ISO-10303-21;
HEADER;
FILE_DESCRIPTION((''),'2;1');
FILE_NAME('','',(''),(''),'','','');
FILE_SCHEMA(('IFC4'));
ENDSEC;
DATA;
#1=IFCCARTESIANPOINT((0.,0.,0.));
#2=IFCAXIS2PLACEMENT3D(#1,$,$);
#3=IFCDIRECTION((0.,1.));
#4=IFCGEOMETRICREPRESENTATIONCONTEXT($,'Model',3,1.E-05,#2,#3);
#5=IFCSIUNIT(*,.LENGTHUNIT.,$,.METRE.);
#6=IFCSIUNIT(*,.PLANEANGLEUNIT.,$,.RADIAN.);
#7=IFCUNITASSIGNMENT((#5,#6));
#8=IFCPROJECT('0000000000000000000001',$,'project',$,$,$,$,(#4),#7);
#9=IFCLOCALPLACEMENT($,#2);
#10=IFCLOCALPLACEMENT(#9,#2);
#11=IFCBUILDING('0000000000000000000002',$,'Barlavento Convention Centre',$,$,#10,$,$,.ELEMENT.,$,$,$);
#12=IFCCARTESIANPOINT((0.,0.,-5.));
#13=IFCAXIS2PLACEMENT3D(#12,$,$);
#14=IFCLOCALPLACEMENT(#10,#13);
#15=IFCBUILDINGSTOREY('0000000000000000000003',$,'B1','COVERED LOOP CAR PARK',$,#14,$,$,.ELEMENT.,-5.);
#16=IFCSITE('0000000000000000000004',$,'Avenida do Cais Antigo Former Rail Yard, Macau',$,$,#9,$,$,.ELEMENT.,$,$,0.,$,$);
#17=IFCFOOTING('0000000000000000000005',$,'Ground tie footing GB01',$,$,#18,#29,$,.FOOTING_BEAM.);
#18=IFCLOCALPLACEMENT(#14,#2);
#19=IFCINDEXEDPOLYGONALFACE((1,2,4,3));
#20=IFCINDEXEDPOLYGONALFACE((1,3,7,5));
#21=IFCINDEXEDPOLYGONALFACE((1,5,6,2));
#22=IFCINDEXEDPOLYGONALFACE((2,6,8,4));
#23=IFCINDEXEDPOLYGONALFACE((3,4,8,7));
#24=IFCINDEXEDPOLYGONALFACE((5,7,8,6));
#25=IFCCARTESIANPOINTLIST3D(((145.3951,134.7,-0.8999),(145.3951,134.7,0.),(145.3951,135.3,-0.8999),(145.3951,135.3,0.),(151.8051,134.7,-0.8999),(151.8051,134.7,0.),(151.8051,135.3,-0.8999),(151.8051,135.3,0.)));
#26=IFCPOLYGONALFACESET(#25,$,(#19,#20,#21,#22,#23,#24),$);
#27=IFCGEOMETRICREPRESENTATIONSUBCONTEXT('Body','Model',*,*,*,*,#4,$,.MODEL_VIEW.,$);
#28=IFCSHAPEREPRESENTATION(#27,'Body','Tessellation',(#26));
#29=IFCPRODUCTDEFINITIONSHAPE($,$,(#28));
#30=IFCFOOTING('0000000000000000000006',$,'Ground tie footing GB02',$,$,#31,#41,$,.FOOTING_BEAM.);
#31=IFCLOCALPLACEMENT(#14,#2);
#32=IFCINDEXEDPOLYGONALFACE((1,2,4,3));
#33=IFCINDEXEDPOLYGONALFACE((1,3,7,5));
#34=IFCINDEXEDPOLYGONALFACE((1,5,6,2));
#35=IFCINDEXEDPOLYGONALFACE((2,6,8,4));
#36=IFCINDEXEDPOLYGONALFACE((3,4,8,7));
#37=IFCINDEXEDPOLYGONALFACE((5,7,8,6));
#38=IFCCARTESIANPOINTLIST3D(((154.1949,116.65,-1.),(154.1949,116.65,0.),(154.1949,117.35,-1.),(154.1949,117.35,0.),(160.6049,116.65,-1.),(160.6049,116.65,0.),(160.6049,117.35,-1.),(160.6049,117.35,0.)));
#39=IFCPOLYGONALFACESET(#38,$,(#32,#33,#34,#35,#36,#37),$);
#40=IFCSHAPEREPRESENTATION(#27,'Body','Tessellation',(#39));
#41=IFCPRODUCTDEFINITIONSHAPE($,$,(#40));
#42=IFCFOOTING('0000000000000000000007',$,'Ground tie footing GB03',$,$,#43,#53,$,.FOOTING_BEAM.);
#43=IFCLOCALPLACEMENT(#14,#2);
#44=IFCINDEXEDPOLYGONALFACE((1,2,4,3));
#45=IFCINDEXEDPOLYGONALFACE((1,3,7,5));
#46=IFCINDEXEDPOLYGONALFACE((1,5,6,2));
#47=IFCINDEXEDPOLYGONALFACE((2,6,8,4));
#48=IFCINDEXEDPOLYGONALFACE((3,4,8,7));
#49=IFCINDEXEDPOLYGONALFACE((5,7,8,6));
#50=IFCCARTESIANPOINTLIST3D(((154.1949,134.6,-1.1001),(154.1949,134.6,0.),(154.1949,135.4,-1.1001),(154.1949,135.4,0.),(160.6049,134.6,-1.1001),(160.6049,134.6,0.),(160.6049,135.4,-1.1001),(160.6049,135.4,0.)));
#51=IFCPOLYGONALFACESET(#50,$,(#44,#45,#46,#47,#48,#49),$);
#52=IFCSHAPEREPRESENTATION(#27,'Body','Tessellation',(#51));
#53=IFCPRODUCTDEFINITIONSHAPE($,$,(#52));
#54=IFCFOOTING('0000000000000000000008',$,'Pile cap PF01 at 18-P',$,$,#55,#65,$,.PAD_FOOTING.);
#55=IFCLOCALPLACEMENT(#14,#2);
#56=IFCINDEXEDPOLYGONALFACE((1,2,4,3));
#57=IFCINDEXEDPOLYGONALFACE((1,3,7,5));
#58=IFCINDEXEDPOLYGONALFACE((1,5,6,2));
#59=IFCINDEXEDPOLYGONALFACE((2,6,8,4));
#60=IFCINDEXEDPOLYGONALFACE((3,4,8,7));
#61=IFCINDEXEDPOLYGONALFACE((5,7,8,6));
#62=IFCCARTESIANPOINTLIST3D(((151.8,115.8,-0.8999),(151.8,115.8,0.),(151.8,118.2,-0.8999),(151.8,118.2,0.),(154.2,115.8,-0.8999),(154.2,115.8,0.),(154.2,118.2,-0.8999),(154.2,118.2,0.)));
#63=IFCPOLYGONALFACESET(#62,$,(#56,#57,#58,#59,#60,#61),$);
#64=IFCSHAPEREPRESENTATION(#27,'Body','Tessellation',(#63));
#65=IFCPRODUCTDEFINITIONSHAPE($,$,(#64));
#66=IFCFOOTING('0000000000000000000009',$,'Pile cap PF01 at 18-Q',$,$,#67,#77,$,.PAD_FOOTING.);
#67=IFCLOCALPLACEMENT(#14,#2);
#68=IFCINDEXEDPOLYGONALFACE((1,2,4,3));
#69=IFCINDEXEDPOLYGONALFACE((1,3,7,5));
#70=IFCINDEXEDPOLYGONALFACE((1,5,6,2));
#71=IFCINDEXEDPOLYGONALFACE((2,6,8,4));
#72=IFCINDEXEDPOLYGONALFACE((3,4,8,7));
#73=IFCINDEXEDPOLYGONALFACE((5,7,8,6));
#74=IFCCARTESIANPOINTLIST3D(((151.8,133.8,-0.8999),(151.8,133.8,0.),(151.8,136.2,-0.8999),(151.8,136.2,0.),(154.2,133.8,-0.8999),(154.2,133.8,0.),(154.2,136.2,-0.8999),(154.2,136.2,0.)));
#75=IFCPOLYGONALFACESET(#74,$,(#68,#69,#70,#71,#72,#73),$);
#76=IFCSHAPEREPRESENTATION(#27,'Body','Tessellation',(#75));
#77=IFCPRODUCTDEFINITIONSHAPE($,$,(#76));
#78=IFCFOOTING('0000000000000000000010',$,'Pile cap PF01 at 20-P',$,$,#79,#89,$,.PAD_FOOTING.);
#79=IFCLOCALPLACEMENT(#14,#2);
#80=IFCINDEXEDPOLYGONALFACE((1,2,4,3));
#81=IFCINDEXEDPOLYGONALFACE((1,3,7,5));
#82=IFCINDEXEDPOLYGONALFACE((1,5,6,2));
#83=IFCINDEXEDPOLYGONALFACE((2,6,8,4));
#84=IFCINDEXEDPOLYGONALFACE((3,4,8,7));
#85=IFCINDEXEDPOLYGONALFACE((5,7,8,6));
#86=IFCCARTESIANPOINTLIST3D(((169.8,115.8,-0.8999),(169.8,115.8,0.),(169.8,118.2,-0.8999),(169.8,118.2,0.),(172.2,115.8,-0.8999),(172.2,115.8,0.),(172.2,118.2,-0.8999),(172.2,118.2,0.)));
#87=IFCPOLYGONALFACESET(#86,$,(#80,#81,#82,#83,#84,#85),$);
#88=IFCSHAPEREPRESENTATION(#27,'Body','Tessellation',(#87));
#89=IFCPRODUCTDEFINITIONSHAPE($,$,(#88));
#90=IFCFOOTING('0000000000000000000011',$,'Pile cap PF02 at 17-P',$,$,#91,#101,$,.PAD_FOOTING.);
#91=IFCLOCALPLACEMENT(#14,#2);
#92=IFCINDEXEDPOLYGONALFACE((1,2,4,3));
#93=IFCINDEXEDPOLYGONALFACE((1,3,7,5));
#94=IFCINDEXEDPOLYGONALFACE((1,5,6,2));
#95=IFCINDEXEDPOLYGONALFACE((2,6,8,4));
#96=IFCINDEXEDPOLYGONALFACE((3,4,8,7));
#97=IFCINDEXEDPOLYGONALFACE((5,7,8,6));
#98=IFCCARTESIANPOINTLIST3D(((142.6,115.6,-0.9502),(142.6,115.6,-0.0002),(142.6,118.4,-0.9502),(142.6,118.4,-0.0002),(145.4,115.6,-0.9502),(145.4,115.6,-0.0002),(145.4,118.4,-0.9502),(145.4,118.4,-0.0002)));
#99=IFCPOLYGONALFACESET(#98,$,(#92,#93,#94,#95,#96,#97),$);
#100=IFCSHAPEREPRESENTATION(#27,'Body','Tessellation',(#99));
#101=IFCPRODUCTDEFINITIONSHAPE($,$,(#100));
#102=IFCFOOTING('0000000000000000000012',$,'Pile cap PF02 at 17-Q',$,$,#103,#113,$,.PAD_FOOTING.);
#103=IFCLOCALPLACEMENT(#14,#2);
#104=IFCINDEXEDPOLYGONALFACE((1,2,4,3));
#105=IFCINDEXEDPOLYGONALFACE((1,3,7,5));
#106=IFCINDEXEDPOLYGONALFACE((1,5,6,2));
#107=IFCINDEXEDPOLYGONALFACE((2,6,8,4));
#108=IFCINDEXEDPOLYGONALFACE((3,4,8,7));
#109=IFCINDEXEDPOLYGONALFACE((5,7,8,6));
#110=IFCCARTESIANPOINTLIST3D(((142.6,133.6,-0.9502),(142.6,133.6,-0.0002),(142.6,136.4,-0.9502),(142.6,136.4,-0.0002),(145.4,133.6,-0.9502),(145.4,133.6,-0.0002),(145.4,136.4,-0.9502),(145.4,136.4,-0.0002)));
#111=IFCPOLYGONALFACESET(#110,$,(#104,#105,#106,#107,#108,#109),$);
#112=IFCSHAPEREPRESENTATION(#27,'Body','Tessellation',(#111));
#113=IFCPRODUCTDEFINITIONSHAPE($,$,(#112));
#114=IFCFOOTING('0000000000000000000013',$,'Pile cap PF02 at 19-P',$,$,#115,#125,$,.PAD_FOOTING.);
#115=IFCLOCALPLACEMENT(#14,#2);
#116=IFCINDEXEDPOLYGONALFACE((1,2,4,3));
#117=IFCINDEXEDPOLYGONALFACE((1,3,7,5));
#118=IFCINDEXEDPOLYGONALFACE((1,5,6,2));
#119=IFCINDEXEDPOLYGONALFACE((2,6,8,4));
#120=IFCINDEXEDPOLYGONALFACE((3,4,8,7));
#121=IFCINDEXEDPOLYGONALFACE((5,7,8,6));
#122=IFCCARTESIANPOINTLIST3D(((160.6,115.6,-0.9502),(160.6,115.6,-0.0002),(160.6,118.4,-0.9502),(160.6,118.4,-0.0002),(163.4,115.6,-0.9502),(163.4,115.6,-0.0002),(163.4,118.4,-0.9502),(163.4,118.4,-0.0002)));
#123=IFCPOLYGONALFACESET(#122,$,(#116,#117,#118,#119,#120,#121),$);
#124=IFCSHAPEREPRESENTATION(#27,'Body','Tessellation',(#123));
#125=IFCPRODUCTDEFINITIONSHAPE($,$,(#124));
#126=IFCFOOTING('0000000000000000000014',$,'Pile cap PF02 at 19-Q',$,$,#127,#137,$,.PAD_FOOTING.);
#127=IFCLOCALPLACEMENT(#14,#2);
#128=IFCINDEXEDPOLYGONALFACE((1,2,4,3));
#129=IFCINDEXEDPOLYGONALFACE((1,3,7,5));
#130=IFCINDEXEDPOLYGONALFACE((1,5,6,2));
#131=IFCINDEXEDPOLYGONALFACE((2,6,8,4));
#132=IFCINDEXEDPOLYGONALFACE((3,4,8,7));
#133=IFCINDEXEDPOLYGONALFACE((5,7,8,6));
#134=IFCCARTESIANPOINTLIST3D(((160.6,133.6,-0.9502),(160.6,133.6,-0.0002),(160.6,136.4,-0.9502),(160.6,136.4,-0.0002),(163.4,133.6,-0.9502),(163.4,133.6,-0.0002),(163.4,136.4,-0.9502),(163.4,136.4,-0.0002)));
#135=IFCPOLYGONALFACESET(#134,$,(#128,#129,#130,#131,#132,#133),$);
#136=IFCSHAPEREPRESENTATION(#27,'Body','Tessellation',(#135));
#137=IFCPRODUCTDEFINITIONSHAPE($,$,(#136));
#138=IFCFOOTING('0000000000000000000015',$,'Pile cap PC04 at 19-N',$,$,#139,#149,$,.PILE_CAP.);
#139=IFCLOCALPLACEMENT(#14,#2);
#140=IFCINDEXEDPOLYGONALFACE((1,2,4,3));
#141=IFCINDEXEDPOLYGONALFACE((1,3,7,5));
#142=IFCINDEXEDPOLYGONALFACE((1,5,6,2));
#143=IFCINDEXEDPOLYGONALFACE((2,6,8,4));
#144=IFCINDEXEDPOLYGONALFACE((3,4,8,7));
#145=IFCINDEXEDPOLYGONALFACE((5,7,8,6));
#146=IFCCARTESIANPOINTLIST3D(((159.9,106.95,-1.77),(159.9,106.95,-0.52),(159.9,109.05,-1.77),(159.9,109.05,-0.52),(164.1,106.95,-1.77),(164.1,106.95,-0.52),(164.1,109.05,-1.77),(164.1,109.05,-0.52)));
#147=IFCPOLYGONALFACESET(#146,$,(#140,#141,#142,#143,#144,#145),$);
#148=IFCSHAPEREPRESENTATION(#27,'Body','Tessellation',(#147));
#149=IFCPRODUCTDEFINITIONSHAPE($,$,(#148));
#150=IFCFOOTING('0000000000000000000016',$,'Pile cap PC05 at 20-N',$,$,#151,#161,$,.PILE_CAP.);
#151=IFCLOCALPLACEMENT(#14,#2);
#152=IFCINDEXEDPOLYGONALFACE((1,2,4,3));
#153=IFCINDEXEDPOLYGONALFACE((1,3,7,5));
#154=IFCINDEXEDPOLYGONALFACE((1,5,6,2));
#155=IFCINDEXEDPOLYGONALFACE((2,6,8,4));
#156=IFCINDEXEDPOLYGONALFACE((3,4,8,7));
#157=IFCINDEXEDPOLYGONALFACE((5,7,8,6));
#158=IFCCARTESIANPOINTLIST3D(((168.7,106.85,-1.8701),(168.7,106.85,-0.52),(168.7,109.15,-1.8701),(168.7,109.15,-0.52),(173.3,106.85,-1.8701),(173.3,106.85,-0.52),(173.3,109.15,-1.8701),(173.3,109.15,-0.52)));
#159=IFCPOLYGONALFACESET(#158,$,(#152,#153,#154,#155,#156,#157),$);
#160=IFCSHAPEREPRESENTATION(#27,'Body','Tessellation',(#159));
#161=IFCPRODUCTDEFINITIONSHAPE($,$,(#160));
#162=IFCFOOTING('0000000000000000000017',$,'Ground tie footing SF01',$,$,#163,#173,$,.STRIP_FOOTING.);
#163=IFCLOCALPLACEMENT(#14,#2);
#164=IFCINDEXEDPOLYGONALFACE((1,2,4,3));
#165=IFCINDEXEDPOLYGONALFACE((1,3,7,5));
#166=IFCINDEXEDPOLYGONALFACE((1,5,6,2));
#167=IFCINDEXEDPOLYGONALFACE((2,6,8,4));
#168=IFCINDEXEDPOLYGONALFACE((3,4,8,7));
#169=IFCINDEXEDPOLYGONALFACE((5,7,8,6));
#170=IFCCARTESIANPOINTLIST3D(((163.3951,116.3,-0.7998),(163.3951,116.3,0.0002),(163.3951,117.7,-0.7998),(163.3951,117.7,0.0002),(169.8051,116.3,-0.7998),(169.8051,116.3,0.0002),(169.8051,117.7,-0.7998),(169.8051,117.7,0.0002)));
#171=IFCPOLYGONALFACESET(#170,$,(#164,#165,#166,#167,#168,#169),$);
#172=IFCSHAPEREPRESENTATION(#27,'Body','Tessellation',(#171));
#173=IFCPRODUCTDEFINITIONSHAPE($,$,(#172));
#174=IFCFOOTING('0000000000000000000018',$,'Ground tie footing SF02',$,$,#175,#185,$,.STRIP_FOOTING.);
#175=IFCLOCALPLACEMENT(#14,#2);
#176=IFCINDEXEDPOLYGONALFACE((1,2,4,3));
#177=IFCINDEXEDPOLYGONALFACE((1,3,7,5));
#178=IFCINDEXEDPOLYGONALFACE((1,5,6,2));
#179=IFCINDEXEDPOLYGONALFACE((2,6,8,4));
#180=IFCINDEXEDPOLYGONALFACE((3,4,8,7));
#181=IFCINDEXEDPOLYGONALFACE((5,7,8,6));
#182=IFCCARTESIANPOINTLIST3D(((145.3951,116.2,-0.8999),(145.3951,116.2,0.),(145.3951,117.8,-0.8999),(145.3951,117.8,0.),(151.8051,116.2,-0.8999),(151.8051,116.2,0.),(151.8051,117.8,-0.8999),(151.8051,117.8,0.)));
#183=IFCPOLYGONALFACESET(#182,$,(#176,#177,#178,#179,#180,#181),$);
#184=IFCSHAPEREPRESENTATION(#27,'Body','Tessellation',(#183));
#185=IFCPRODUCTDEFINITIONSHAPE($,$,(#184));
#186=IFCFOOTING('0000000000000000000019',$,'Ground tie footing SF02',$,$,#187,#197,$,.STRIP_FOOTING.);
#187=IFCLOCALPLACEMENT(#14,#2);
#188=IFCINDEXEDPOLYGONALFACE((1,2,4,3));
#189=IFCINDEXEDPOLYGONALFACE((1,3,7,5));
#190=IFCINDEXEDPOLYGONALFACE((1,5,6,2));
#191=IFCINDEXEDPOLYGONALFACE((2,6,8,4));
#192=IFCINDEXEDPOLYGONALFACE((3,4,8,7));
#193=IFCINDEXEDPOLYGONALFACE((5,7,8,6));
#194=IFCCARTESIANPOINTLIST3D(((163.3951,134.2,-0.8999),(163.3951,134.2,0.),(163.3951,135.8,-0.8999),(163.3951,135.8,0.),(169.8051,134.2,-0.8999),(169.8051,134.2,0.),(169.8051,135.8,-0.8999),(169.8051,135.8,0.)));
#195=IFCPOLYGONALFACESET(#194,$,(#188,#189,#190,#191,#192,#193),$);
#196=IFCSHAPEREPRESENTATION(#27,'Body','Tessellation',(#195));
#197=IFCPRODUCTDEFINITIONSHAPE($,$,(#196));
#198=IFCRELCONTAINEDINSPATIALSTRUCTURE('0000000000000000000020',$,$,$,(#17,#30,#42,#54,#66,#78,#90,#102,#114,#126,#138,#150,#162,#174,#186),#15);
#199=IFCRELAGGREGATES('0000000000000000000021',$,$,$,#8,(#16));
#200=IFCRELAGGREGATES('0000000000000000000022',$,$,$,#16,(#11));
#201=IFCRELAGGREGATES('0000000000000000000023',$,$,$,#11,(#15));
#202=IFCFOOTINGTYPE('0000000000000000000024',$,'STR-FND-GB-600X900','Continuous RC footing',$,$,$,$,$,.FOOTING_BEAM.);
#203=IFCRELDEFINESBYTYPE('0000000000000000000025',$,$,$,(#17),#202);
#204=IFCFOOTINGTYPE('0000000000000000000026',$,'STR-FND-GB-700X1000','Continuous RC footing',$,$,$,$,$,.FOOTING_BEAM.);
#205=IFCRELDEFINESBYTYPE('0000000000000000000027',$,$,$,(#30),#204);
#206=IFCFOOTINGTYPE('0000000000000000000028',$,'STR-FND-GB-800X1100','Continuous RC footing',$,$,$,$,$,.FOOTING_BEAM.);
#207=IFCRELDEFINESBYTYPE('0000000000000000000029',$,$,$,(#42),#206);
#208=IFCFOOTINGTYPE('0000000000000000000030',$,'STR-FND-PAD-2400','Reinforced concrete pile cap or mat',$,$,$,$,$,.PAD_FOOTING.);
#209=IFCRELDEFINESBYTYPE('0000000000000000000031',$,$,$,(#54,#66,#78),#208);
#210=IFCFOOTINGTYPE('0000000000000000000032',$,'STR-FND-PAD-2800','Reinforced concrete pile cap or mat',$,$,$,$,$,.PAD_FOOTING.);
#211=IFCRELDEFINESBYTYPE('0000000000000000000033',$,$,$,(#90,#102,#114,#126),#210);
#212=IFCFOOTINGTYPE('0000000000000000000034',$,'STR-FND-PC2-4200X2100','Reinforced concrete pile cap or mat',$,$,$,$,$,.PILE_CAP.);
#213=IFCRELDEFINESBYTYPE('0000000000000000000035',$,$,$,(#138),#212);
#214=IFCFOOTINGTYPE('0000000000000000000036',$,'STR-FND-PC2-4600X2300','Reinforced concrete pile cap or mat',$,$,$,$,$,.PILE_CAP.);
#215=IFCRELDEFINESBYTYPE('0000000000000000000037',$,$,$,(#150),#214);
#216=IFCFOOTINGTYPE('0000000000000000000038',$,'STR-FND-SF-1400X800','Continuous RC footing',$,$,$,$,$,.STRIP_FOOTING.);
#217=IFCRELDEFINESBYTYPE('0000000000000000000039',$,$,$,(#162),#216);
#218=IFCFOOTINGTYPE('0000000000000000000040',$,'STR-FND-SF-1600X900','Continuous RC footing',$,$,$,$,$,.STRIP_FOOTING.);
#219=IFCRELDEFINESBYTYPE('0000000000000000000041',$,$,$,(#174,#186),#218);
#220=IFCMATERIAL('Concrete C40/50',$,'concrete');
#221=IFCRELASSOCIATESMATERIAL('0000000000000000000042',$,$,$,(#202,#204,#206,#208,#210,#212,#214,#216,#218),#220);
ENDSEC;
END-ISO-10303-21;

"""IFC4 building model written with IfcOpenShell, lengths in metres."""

from ifc_helpers import new_model, si_unit, direction, frame, origin, origin_2d, place, context, subcontext, project, spatial, rectangle, extrude, material, type_object, element, save


model = new_model("IFC4")

# Units and contexts
model_context = context("Model", 3, precision=1e-05, world=origin(), true_north=direction((0.0, 1.0)))
body_context = subcontext(model_context, "Body", "Model", "MODEL_VIEW")
ifc_project = project(units=[si_unit("LENGTHUNIT", "METRE"), si_unit("PLANEANGLEUNIT", "RADIAN")], contexts=[model_context])

# Site, building, storey
site_placement = place(None, origin())
site = spatial("IfcSite", under=ifc_project, at=site_placement, Name="Avenida do Cais Antigo Former Rail Yard, Macau", CompositionType="ELEMENT", RefElevation=0.0)
building_placement = place(site_placement, origin())
building = spatial("IfcBuilding", under=site, at=building_placement, Name="Barlavento Convention Centre", CompositionType="ELEMENT")
storey_placement = place(building_placement, frame((0.0, 0.0, -5.0)))
storey = spatial("IfcBuildingStorey", under=building, at=storey_placement, Name="B1", Description="COVERED LOOP CAR PARK", CompositionType="ELEMENT", Elevation=-5.0)

# Footings
ifc_material_1 = material(Name="Concrete C40/50", Category="concrete")
footing_type_1 = type_object("IfcFootingType", Name="STR-FND-GB-600X900", Description="Continuous RC footing", PredefinedType="FOOTING_BEAM", material=ifc_material_1)
footing_1_placement = place(storey_placement, frame((148.6001, 135.0, -0.8999), z_axis=(0.0, 0.0, 1.0), x_axis=(1.0, 0.0, 0.0)))
element("IfcFooting", 1, at=footing_1_placement, inside=storey, type_object=footing_type_1, Name="Ground tie footing GB01", PredefinedType="FOOTING_BEAM", context=body_context, shape_type="SweptSolid", body=[
    extrude(rectangle(XDim=6.4099, YDim=0.6001, at=origin_2d()), origin(), (0.0, 0.0, 1.0), 0.8999),
])
footing_type_2 = type_object("IfcFootingType", Name="STR-FND-GB-700X1000", Description="Continuous RC footing", PredefinedType="FOOTING_BEAM", material=ifc_material_1)
footing_2_placement = place(storey_placement, frame((157.3999, 117.0, -1.0), z_axis=(0.0, 0.0, 1.0), x_axis=(1.0, 0.0, 0.0)))
element("IfcFooting", 2, at=footing_2_placement, inside=storey, type_object=footing_type_2, Name="Ground tie footing GB02", PredefinedType="FOOTING_BEAM", context=body_context, shape_type="SweptSolid", body=[
    extrude(rectangle(XDim=6.4099, YDim=0.7, at=origin_2d()), origin(), (0.0, 0.0, 1.0), 1.0),
])
footing_type_3 = type_object("IfcFootingType", Name="STR-FND-GB-800X1100", Description="Continuous RC footing", PredefinedType="FOOTING_BEAM", material=ifc_material_1)
footing_3_placement = place(storey_placement, frame((157.3999, 135.0, -1.1001), z_axis=(0.0, 0.0, 1.0), x_axis=(1.0, 0.0, 0.0)))
element("IfcFooting", 3, at=footing_3_placement, inside=storey, type_object=footing_type_3, Name="Ground tie footing GB03", PredefinedType="FOOTING_BEAM", context=body_context, shape_type="SweptSolid", body=[
    extrude(rectangle(XDim=6.4099, YDim=0.8, at=origin_2d()), origin(), (0.0, 0.0, 1.0), 1.1001),
])
footing_type_4 = type_object("IfcFootingType", Name="STR-FND-PAD-2400", Description="Reinforced concrete pile cap or mat", PredefinedType="PAD_FOOTING", material=ifc_material_1)
for number, where, z_axis, x_axis, name in (
    (4, (153.0, 117.0, -0.8999), (0.0, 0.0, 1.0), (1.0, 0.0, 0.0), "Pile cap PF01 at 18-P"),
    (5, (153.0, 135.0, -0.8999), (0.0, 0.0, 1.0), (1.0, 0.0, 0.0), "Pile cap PF01 at 18-Q"),
    (6, (171.0, 117.0, -0.8999), (0.0, 0.0, 1.0), (1.0, 0.0, 0.0), "Pile cap PF01 at 20-P"),
):
    element("IfcFooting", number, at=place(storey_placement, frame(where, z_axis=z_axis, x_axis=x_axis)), inside=storey, type_object=footing_type_4, Name=name, PredefinedType="PAD_FOOTING", context=body_context, shape_type="SweptSolid", body=[
        extrude(rectangle(XDim=2.3999, YDim=2.3999, at=origin_2d()), origin(), (0.0, 0.0, 1.0), 0.8999),
    ])
footing_type_5 = type_object("IfcFootingType", Name="STR-FND-PAD-2800", Description="Reinforced concrete pile cap or mat", PredefinedType="PAD_FOOTING", material=ifc_material_1)
for number, where, z_axis, x_axis, name in (
    (7, (144.0, 117.0, -0.9502), (0.0, 0.0, 1.0), (1.0, 0.0, 0.0), "Pile cap PF02 at 17-P"),
    (8, (144.0, 135.0, -0.9502), (0.0, 0.0, 1.0), (1.0, 0.0, 0.0), "Pile cap PF02 at 17-Q"),
    (9, (162.0, 117.0, -0.9502), (0.0, 0.0, 1.0), (1.0, 0.0, 0.0), "Pile cap PF02 at 19-P"),
    (10, (162.0, 135.0, -0.9502), (0.0, 0.0, 1.0), (1.0, 0.0, 0.0), "Pile cap PF02 at 19-Q"),
):
    element("IfcFooting", number, at=place(storey_placement, frame(where, z_axis=z_axis, x_axis=x_axis)), inside=storey, type_object=footing_type_5, Name=name, PredefinedType="PAD_FOOTING", context=body_context, shape_type="SweptSolid", body=[
        extrude(rectangle(XDim=2.8, YDim=2.8, at=origin_2d()), origin(), (0.0, 0.0, 1.0), 0.95),
    ])
footing_type_6 = type_object("IfcFootingType", Name="STR-FND-PC2-4200X2100", Description="Reinforced concrete pile cap or mat", PredefinedType="PILE_CAP", material=ifc_material_1)
footing_4_placement = place(storey_placement, frame((162.0, 108.0, -1.77), z_axis=(0.0, 0.0, 1.0), x_axis=(1.0, 0.0, 0.0)))
element("IfcFooting", 11, at=footing_4_placement, inside=storey, type_object=footing_type_6, Name="Pile cap PC04 at 19-N", PredefinedType="PILE_CAP", context=body_context, shape_type="SweptSolid", body=[
    extrude(rectangle(XDim=4.2, YDim=2.1001, at=origin_2d()), origin(), (0.0, 0.0, 1.0), 1.25),
])
footing_type_7 = type_object("IfcFootingType", Name="STR-FND-PC2-4600X2300", Description="Reinforced concrete pile cap or mat", PredefinedType="PILE_CAP", material=ifc_material_1)
footing_5_placement = place(storey_placement, frame((171.0, 108.0, -1.8701), z_axis=(0.0, 0.0, 1.0), x_axis=(1.0, 0.0, 0.0)))
element("IfcFooting", 12, at=footing_5_placement, inside=storey, type_object=footing_type_7, Name="Pile cap PC05 at 20-N", PredefinedType="PILE_CAP", context=body_context, shape_type="SweptSolid", body=[
    extrude(rectangle(XDim=4.6001, YDim=2.3, at=origin_2d()), origin(), (0.0, 0.0, 1.0), 1.3501),
])
footing_type_8 = type_object("IfcFootingType", Name="STR-FND-SF-1400X800", Description="Continuous RC footing", PredefinedType="STRIP_FOOTING", material=ifc_material_1)
footing_6_placement = place(storey_placement, frame((166.6001, 117.0, -0.7998), z_axis=(0.0, 0.0, 1.0), x_axis=(1.0, 0.0, 0.0)))
element("IfcFooting", 13, at=footing_6_placement, inside=storey, type_object=footing_type_8, Name="Ground tie footing SF01", PredefinedType="STRIP_FOOTING", context=body_context, shape_type="SweptSolid", body=[
    extrude(rectangle(XDim=6.4099, YDim=1.3999, at=origin_2d()), origin(), (0.0, 0.0, 1.0), 0.8),
])
footing_type_9 = type_object("IfcFootingType", Name="STR-FND-SF-1600X900", Description="Continuous RC footing", PredefinedType="STRIP_FOOTING", material=ifc_material_1)
for number, where, z_axis, x_axis, name in (
    (14, (148.6001, 117.0, -0.8999), (0.0, 0.0, 1.0), (1.0, 0.0, 0.0), "Ground tie footing SF02"),
    (15, (166.6001, 135.0, -0.8999), (0.0, 0.0, 1.0), (1.0, 0.0, 0.0), "Ground tie footing SF02"),
):
    element("IfcFooting", number, at=place(storey_placement, frame(where, z_axis=z_axis, x_axis=x_axis)), inside=storey, type_object=footing_type_9, Name=name, PredefinedType="STRIP_FOOTING", context=body_context, shape_type="SweptSolid", body=[
        extrude(rectangle(XDim=6.4099, YDim=1.6001, at=origin_2d()), origin(), (0.0, 0.0, 1.0), 0.8999),
    ])

save(model, "model.ifc")
